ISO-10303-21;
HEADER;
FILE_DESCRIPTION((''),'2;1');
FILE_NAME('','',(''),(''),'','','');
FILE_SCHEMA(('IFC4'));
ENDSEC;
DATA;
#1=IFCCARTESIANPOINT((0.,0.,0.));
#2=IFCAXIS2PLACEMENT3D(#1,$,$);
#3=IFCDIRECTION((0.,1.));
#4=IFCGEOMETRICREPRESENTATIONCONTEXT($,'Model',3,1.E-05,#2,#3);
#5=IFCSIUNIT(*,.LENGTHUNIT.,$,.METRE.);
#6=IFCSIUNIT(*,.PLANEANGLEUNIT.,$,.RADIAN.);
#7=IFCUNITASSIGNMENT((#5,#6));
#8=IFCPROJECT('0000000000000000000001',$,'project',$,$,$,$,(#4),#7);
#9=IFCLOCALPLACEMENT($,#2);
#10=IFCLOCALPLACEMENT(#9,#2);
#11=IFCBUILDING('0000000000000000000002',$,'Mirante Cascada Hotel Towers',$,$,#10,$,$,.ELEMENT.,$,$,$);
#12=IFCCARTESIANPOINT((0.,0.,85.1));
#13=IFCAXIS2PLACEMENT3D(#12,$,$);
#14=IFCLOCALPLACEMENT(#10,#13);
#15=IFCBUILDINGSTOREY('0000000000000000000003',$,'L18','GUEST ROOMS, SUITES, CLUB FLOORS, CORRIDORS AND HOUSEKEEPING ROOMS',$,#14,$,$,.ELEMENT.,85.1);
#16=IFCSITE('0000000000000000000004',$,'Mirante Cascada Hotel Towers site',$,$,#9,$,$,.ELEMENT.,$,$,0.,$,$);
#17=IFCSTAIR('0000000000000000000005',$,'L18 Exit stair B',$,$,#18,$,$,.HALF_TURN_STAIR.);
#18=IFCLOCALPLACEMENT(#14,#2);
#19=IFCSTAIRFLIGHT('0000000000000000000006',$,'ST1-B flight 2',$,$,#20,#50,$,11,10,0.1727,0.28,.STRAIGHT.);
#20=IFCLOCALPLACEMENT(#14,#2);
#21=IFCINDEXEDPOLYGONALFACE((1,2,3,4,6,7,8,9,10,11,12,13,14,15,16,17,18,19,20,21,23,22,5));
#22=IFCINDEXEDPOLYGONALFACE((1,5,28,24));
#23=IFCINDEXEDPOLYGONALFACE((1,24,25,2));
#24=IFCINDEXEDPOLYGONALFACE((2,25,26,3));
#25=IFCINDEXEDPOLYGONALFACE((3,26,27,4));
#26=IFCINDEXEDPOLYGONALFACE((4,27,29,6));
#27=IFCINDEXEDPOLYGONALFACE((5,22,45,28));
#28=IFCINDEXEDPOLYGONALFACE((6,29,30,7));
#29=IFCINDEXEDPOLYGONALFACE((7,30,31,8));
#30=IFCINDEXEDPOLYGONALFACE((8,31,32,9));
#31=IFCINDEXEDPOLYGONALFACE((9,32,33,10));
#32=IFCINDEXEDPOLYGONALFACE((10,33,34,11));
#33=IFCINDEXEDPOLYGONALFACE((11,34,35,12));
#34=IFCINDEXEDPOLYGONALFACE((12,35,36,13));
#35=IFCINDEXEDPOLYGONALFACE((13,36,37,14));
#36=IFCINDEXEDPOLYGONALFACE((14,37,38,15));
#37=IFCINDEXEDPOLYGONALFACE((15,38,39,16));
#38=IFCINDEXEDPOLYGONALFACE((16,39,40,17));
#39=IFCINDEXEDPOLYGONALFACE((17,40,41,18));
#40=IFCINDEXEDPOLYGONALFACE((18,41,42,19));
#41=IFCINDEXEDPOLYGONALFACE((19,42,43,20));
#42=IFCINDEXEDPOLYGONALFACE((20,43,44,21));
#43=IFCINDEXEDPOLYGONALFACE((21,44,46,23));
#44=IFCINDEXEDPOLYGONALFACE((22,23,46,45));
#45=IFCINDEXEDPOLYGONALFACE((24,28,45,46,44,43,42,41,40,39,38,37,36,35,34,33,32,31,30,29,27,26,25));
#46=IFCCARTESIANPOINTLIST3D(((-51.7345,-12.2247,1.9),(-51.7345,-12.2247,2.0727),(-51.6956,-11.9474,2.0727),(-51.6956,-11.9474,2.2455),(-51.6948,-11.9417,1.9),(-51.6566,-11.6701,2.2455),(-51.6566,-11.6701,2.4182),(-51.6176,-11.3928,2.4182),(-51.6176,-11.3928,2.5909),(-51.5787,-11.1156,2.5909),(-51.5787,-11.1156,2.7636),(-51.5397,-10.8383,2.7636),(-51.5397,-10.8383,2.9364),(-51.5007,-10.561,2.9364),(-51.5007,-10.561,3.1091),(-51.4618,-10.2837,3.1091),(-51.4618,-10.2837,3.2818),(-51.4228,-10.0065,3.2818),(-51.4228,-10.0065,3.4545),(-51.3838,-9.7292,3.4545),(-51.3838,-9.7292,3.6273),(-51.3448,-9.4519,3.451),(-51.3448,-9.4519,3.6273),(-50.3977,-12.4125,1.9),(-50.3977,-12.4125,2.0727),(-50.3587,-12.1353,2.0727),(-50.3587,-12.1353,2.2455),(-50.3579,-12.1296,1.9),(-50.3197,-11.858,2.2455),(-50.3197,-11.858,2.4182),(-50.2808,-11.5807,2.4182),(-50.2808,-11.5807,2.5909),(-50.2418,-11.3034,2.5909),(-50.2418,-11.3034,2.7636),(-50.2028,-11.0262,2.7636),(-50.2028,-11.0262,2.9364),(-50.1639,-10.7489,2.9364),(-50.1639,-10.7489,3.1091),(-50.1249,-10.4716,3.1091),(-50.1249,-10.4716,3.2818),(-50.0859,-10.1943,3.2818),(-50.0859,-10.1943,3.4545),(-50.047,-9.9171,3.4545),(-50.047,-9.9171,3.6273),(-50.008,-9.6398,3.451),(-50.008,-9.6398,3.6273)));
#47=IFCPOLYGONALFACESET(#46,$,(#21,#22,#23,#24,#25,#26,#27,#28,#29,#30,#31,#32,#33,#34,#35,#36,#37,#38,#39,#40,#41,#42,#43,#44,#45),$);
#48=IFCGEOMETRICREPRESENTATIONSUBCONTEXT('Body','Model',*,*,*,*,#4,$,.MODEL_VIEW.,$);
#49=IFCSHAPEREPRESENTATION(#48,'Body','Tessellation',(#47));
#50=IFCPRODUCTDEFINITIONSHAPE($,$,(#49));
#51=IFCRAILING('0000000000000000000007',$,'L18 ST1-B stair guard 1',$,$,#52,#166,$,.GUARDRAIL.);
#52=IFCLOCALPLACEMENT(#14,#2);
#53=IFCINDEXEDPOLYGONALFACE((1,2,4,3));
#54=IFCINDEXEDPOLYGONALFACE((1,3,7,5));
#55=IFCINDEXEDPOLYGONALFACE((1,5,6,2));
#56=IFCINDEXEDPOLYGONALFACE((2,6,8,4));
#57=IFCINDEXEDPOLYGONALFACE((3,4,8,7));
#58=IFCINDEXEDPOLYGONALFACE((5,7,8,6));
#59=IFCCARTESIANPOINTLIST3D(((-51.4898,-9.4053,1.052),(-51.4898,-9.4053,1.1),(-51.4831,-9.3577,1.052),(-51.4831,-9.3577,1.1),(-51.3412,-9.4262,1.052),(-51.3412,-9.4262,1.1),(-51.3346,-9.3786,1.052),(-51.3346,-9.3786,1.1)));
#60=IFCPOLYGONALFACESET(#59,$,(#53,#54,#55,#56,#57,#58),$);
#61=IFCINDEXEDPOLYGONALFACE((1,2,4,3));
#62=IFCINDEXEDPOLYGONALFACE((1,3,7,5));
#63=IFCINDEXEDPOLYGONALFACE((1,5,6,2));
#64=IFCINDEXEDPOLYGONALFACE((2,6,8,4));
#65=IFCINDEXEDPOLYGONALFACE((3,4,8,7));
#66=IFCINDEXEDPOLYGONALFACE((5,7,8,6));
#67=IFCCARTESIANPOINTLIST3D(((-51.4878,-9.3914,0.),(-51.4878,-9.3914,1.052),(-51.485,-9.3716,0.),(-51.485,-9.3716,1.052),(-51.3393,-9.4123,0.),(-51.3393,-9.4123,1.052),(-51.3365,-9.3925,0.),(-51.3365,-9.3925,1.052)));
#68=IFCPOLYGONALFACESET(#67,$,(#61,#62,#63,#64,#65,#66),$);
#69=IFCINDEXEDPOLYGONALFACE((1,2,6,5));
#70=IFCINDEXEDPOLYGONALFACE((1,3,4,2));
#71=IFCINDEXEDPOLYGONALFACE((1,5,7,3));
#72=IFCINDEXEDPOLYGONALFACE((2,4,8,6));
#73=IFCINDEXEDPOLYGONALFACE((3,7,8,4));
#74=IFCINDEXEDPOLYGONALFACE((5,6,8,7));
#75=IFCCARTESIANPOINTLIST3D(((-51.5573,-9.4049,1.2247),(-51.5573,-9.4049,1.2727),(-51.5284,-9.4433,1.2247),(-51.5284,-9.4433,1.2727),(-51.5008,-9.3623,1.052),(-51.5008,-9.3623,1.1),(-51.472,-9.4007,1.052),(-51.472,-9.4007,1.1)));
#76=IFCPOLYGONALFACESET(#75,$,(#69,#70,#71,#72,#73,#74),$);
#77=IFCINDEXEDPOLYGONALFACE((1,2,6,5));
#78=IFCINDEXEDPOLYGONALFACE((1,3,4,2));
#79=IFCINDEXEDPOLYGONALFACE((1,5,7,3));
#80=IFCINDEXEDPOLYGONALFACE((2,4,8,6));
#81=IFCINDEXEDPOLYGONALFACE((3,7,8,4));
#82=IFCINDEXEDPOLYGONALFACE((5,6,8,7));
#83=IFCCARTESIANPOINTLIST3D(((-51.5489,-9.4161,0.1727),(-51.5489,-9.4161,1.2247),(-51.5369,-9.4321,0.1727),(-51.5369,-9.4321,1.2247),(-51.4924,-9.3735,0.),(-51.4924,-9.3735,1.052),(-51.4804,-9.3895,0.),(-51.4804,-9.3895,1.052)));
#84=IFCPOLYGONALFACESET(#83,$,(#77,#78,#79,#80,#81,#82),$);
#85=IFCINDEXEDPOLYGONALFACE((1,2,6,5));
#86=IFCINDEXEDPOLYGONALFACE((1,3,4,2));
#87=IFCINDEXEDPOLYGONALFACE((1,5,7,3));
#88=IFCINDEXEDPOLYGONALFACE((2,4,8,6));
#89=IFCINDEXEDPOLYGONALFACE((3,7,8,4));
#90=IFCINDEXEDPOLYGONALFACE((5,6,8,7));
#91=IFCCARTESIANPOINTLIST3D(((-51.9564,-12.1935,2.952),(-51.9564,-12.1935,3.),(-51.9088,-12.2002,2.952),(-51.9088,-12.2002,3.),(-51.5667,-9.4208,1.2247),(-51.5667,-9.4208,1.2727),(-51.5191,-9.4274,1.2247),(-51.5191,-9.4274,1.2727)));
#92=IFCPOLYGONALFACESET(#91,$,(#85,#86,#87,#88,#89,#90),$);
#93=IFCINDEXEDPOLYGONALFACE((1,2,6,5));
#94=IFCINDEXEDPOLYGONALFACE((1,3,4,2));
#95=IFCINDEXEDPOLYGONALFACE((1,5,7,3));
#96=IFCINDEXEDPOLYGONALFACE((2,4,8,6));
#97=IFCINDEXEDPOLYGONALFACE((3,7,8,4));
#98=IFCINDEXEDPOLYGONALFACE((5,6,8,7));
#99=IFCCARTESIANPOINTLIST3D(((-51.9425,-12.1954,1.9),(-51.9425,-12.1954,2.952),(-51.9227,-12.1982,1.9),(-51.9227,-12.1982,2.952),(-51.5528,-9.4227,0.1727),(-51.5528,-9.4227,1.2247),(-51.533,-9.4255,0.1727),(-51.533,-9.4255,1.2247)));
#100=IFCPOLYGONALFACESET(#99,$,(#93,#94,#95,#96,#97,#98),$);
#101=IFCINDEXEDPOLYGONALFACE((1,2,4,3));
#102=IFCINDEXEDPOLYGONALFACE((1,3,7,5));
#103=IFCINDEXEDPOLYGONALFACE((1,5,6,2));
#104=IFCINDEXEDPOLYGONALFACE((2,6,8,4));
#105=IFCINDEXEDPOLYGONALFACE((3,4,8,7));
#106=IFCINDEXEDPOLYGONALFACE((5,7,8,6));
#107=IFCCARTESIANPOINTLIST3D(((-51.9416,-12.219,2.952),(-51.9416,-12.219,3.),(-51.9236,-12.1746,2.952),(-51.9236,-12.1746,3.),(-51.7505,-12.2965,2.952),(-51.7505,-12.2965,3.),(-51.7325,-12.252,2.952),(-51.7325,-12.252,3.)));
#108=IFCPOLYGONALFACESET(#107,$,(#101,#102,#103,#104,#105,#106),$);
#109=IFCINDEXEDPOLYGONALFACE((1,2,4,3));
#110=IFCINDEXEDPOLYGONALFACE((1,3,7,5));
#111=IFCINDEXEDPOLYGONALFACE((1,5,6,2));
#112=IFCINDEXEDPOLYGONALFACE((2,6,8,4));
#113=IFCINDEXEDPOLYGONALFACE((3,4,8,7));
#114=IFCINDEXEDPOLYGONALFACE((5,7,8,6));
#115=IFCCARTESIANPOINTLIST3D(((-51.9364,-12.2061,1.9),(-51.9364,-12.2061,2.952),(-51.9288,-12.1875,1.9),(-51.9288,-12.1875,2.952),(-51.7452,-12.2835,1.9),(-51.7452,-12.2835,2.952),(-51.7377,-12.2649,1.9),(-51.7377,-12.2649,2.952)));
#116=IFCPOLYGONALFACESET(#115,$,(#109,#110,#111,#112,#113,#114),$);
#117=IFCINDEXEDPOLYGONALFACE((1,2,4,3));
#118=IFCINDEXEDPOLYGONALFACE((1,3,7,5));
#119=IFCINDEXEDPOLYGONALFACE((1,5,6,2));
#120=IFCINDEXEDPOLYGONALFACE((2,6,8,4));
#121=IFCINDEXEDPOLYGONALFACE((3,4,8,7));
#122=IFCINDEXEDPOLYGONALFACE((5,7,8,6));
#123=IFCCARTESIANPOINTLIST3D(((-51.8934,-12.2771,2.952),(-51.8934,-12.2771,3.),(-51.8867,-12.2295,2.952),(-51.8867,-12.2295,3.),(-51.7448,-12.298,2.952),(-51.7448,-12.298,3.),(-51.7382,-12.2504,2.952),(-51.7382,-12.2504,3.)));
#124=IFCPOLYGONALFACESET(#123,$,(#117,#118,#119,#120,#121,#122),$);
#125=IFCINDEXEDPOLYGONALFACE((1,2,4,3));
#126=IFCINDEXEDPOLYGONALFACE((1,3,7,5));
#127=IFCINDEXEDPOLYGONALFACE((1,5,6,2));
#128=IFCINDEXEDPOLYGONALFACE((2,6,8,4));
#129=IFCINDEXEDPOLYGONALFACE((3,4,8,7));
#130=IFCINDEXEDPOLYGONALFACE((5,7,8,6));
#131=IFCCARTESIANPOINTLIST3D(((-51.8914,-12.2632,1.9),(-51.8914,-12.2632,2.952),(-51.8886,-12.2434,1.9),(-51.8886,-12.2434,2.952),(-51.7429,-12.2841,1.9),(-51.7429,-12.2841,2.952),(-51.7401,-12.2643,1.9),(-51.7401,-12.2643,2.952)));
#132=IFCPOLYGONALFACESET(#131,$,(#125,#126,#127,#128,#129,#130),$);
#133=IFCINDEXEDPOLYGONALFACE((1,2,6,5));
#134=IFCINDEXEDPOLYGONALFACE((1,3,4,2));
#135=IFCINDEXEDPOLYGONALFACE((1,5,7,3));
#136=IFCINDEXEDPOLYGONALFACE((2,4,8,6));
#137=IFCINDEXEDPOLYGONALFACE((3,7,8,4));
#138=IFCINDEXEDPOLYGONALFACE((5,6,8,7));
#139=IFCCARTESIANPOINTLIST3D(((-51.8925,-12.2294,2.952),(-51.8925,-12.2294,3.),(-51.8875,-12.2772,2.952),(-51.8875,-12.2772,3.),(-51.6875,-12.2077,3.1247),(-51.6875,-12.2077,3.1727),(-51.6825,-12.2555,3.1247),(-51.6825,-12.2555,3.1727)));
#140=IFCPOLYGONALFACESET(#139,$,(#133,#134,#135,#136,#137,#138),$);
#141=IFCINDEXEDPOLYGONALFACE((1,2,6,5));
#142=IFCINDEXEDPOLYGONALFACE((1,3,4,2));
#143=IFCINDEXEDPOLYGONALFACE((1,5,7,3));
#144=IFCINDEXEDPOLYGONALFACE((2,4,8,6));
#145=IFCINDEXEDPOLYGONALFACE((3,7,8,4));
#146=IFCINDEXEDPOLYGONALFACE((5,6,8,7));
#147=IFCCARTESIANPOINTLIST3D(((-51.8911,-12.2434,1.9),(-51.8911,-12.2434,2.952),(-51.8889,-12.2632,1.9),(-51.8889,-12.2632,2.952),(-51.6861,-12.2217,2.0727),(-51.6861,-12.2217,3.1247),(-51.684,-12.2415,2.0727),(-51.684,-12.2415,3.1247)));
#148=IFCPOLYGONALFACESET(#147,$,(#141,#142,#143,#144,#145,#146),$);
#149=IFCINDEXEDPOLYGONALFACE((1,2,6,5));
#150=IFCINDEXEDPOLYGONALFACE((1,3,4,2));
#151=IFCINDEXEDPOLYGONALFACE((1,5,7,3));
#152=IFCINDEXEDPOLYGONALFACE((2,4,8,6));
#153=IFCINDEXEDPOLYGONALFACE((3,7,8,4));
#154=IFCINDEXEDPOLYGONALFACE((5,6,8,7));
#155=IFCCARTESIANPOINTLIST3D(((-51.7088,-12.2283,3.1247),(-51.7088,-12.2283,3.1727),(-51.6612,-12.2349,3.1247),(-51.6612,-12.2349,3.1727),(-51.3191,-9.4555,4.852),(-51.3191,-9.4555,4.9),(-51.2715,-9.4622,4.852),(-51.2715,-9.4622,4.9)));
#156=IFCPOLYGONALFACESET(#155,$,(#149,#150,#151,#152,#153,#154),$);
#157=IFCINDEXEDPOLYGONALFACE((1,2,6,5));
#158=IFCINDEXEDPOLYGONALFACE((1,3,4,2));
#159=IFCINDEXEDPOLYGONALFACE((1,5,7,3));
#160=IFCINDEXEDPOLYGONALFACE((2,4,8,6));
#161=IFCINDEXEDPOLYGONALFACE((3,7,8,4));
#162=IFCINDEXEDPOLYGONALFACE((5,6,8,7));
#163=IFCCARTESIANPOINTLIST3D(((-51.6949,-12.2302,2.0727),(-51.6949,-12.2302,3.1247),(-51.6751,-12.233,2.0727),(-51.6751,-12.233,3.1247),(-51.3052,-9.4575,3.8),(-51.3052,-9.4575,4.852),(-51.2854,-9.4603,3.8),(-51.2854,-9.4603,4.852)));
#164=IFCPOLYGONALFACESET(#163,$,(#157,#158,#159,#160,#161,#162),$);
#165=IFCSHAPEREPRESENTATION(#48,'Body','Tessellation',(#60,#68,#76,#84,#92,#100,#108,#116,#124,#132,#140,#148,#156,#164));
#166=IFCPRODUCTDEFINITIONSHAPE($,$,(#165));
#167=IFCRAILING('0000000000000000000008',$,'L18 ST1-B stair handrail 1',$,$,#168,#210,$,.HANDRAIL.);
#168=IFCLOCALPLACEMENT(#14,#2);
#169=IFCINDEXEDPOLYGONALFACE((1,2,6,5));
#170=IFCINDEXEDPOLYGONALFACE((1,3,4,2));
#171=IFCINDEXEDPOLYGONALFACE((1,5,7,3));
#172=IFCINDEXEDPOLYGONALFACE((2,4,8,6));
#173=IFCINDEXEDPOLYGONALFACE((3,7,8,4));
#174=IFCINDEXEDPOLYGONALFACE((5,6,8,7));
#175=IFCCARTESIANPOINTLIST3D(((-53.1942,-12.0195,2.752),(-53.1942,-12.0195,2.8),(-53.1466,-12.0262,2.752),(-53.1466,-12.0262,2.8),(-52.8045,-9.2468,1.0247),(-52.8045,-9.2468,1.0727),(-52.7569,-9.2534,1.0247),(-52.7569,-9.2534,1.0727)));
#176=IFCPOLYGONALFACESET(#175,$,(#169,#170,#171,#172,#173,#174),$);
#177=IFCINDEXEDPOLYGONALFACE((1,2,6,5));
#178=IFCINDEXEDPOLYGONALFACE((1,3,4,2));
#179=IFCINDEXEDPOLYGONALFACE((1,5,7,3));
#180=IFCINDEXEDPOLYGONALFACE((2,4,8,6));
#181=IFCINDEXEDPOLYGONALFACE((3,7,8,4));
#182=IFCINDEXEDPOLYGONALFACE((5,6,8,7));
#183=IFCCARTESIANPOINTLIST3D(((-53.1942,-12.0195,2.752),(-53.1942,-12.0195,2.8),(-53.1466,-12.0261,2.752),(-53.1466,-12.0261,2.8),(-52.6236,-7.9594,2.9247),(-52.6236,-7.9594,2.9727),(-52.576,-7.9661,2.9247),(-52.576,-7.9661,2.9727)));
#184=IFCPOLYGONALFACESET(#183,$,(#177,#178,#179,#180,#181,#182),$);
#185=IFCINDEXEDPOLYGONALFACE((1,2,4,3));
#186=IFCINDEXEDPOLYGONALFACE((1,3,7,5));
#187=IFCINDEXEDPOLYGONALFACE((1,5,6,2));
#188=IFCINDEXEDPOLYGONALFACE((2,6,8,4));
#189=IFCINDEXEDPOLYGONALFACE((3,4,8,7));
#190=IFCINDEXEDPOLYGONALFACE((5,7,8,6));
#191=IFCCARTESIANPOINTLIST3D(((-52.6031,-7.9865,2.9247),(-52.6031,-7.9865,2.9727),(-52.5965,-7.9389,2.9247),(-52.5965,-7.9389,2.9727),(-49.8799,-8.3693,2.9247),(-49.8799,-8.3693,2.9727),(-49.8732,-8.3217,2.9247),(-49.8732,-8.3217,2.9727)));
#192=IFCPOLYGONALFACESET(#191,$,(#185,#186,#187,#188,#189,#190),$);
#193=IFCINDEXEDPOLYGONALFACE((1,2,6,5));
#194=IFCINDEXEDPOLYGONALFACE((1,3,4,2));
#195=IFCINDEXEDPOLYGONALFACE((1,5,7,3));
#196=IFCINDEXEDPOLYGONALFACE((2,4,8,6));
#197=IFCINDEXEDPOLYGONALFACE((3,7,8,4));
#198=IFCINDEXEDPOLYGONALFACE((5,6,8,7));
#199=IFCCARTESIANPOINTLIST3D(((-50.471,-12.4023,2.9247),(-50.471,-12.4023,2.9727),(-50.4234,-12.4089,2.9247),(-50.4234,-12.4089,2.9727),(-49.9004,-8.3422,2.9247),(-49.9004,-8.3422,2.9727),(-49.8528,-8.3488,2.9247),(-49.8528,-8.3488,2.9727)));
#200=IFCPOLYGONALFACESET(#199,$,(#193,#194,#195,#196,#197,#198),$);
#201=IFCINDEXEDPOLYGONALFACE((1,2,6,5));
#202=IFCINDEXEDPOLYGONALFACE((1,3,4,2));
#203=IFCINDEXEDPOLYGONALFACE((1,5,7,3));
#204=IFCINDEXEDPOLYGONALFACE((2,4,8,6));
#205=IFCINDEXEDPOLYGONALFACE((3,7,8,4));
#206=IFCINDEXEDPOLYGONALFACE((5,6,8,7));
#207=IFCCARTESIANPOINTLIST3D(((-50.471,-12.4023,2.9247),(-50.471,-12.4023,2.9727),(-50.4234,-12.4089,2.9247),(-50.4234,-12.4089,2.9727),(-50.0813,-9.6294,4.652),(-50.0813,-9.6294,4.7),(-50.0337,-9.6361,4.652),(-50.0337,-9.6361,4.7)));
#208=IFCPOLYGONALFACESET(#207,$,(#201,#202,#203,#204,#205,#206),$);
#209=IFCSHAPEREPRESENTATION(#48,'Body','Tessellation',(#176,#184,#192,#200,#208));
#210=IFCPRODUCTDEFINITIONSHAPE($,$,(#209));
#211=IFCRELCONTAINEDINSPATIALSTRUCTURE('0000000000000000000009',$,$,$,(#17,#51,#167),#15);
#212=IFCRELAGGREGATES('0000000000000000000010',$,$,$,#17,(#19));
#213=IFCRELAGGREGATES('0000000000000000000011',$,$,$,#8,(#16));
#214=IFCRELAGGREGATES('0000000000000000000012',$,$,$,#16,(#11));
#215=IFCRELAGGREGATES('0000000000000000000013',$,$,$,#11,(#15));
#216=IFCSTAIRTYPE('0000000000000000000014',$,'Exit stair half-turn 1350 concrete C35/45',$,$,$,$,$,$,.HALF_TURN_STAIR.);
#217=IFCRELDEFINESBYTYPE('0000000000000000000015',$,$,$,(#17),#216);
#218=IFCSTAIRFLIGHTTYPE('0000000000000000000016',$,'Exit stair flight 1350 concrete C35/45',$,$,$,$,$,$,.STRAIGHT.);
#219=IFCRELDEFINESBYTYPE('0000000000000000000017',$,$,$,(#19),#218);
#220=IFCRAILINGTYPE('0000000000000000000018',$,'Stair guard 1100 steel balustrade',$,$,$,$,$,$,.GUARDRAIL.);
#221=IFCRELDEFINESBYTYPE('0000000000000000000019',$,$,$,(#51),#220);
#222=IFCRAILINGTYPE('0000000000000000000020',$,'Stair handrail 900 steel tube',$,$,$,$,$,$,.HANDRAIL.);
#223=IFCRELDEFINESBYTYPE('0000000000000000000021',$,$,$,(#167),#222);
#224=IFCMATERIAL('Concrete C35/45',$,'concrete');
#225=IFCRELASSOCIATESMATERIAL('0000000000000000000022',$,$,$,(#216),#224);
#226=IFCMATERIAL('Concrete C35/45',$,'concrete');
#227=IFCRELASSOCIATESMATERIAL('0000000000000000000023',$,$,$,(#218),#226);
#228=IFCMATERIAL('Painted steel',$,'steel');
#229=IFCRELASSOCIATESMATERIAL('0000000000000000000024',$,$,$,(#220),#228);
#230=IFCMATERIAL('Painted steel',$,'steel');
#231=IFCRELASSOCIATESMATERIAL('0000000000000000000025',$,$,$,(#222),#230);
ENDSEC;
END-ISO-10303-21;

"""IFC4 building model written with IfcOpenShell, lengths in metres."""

from ifc_helpers import new_model, si_unit, direction, frame, origin, origin_2d, place, context, subcontext, project, spatial, polyline, rectangle, outline, extrude, material, type_object, element, aggregate, save


model = new_model("IFC4")

# Units and contexts
model_context = context("Model", 3, precision=1e-05, world=origin(), true_north=direction((0.0, 1.0)))
body_context = subcontext(model_context, "Body", "Model", "MODEL_VIEW")
ifc_project = project(units=[si_unit("LENGTHUNIT", "METRE"), si_unit("PLANEANGLEUNIT", "RADIAN")], contexts=[model_context])

# Site, building, storey
site_placement = place(None, origin())
site = spatial("IfcSite", under=ifc_project, at=site_placement, Name="Mirante Cascada Hotel Towers site", CompositionType="ELEMENT", RefElevation=0.0)
building_placement = place(site_placement, origin())
building = spatial("IfcBuilding", under=site, at=building_placement, Name="Mirante Cascada Hotel Towers", CompositionType="ELEMENT")
storey_placement = place(building_placement, frame((0.0, 0.0, 85.1)))
storey = spatial("IfcBuildingStorey", under=building, at=storey_placement, Name="L18", Description="GUEST ROOMS, SUITES, CLUB FLOORS, CORRIDORS AND HOUSEKEEPING ROOMS", CompositionType="ELEMENT", Elevation=85.1)

# Stair, stair flight
ifc_material_1 = material(Name="Concrete C35/45", Category="concrete")
stair_type = type_object("IfcStairType", Name="Exit stair half-turn 1350 concrete C35/45", PredefinedType="HALF_TURN_STAIR", material=ifc_material_1)
stair_placement = place(storey_placement, origin())
stair = element("IfcStair", 1, at=stair_placement, inside=storey, type_object=stair_type, Name="L18 Exit stair B", PredefinedType="HALF_TURN_STAIR")
ifc_material_2 = material(Name="Concrete C35/45", Category="concrete")
stair_flight_type = type_object("IfcStairFlightType", Name="Exit stair flight 1350 concrete C35/45", PredefinedType="STRAIGHT", material=ifc_material_2)
stair_flight_1_placement = place(storey_placement, frame((-51.0661, -12.3186, 1.9), z_axis=(0.0, 0.0, 1.0), x_axis=(0.139173, 0.990268, 0.0)))
stair_flight_1 = element("IfcStairFlight", 2, at=stair_flight_1_placement, type_object=stair_flight_type, Name="ST1-B flight 2", NumberOfRisers=11, NumberOfTreads=10, PredefinedType="STRAIGHT", RiserHeight=0.1727, TreadLength=0.28, context=body_context, shape_type="SweptSolid", body=[
    extrude(outline(polyline([(0.0, 0.0), (0.0, 0.1727), (0.28, 0.1727), (0.28, 0.3455), (0.56, 0.3455), (0.56, 0.5182), (0.84, 0.5182), (0.84, 0.6909), (1.12, 0.6909), (1.12, 0.8636), (1.4, 0.8636), (1.4, 1.0364), (1.68, 1.0364), (1.68, 1.2091), (1.96, 1.2091), (1.96, 1.3818), (2.24, 1.3818), (2.24, 1.5545), (2.52, 1.5545), (2.52, 1.7273), (2.8, 1.7273), (2.8, 1.9), (2.8, 1.551), (0.2857, 0.0), (0.0, 0.0)])), frame((0.0, 0.675, 0.0), z_axis=(0.0, -1.0, 0.0), x_axis=(1.0, 0.0, 0.0)), (0.0, 0.0, 1.0), 1.35),
])
aggregate(stair, [stair_flight_1])

# Railings
ifc_material_3 = material(Name="Painted steel", Category="steel")
railing_type_1 = type_object("IfcRailingType", Name="Stair guard 1100 steel balustrade", PredefinedType="GUARDRAIL", material=ifc_material_3)
railing_1_placement = place(storey_placement, frame((-51.3379, -9.4024, 0.0)))
element("IfcRailing", 3, at=railing_1_placement, inside=storey, type_object=railing_type_1, Name="L18 ST1-B stair guard 1", PredefinedType="GUARDRAIL", context=body_context, shape_type="SweptSolid", body=[
    extrude(rectangle(XDim=0.048, YDim=0.048, at=origin_2d()), frame((0.0, 0.0, 1.076), z_axis=(-0.990241, 0.139367, 0.0), x_axis=(-0.139367, -0.990241, 0.0)), (0.0, 0.0, 1.0), 0.15),
    extrude(rectangle(XDim=0.02, YDim=1.052, at=origin_2d()), frame((0.0, 0.0, 0.526), z_axis=(-0.990241, 0.139367, 0.0), x_axis=(-0.139367, -0.990241, 0.0)), (0.0, 0.0, 1.0), 0.15),
    extrude(rectangle(XDim=0.048, YDim=0.048, at=origin_2d()), frame((-0.1485, 0.0209, 1.076), z_axis=(-0.798471, -0.602033, 0.0), x_axis=(0.602033, -0.798471, 0.0)), (0.0, 0.92534, 0.379139), 0.1866),
    extrude(rectangle(XDim=0.02, YDim=1.052, at=origin_2d()), frame((-0.1485, 0.0209, 0.526), z_axis=(-0.798471, -0.602033, 0.0), x_axis=(0.602033, -0.798471, 0.0)), (0.0, 0.92534, 0.379139), 0.1866),
    extrude(rectangle(XDim=0.048, YDim=0.048, at=origin_2d()), frame((-0.205, -0.0217, 1.2487), z_axis=(-0.139181, -0.990267, 0.0), x_axis=(0.990267, -0.139181, 0.0)), (0.0, 0.525035, 0.851081), 3.2899),
    extrude(rectangle(XDim=0.02, YDim=1.052, at=origin_2d()), frame((-0.205, -0.0217, 0.6987), z_axis=(-0.139181, -0.990267, 0.0), x_axis=(0.990267, -0.139181, 0.0)), (0.0, 0.525035, 0.851081), 3.2899),
    extrude(rectangle(XDim=0.048, YDim=0.048, at=origin_2d()), frame((-0.5947, -2.7944, 2.976), z_axis=(0.926862, -0.375401, 0.0), x_axis=(0.375401, 0.926862, 0.0)), (0.0, 0.0, 1.0), 0.2062),
    extrude(rectangle(XDim=0.02, YDim=1.052, at=origin_2d()), frame((-0.5947, -2.7944, 2.426), z_axis=(0.926862, -0.375401, 0.0), x_axis=(0.375401, 0.926862, 0.0)), (0.0, 0.0, 1.0), 0.2062),
    extrude(rectangle(XDim=0.048, YDim=0.048, at=origin_2d()), frame((-0.4036, -2.8718, 2.976), z_axis=(-0.990241, 0.139367, 0.0), x_axis=(-0.139367, -0.990241, 0.0)), (0.0, 0.0, 1.0), 0.15),
    extrude(rectangle(XDim=0.02, YDim=1.052, at=origin_2d()), frame((-0.4036, -2.8718, 2.426), z_axis=(-0.990241, 0.139367, 0.0), x_axis=(-0.139367, -0.990241, 0.0)), (0.0, 0.0, 1.0), 0.15),
    extrude(rectangle(XDim=0.048, YDim=0.048, at=origin_2d()), frame((-0.5521, -2.8509, 2.976), z_axis=(0.994444, 0.105266, 0.0), x_axis=(-0.105266, 0.994444, 0.0)), (0.0, 0.642184, 0.76655), 0.2689),
    extrude(rectangle(XDim=0.02, YDim=1.052, at=origin_2d()), frame((-0.5521, -2.8509, 2.426), z_axis=(0.994444, 0.105266, 0.0), x_axis=(-0.105266, 0.994444, 0.0)), (0.0, 0.642184, 0.76655), 0.2689),
    extrude(rectangle(XDim=0.048, YDim=0.048, at=origin_2d()), frame((-0.3471, -2.8292, 3.1487), z_axis=(0.139181, 0.990267, 0.0), x_axis=(-0.990267, 0.139181, 0.0)), (0.0, 0.525035, 0.851081), 3.2899),
    extrude(rectangle(XDim=0.02, YDim=1.052, at=origin_2d()), frame((-0.3471, -2.8292, 2.5987), z_axis=(0.139181, 0.990267, 0.0), x_axis=(-0.990267, 0.139181, 0.0)), (0.0, 0.525035, 0.851081), 3.2899),
])
ifc_material_4 = material(Name="Painted steel", Category="steel")
railing_type_2 = type_object("IfcRailingType", Name="Stair handrail 900 steel tube", PredefinedType="HANDRAIL", material=ifc_material_4)
railing_2_placement = place(storey_placement, frame((-52.7807, -9.2501, 0.1727)))
element("IfcRailing", 4, at=railing_2_placement, inside=storey, type_object=railing_type_2, Name="L18 ST1-B stair handrail 1", PredefinedType="HANDRAIL", context=body_context, shape_type="SweptSolid", body=[
    extrude(rectangle(XDim=0.048, YDim=0.048, at=origin_2d()), frame((0.0, 0.0, 0.876), z_axis=(-0.139181, -0.990267, 0.0), x_axis=(0.990267, -0.139181, 0.0)), (0.0, 0.525035, 0.851081), 3.2899),
    extrude(rectangle(XDim=0.048, YDim=0.048, at=origin_2d()), frame((-0.3897, -2.7727, 2.6033), z_axis=(0.139171, 0.990268, 0.0), x_axis=(-0.990268, 0.139171, 0.0)), (0.0, 0.042085, 0.999114), 4.1036),
    extrude(rectangle(XDim=0.048, YDim=0.048, at=origin_2d()), frame((0.1809, 1.2874, 2.776), z_axis=(0.990264, -0.139201, 0.0), x_axis=(0.139201, 0.990264, 0.0)), (0.0, 0.0, 1.0), 2.75),
    extrude(rectangle(XDim=0.048, YDim=0.048, at=origin_2d()), frame((2.9041, 0.9046, 2.776), z_axis=(-0.139171, -0.990268, 0.0), x_axis=(0.990268, -0.139171, 0.0)), (0.0, 0.0, 1.0), 4.1),
    extrude(rectangle(XDim=0.048, YDim=0.048, at=origin_2d()), frame((2.3335, -3.1555, 2.776), z_axis=(0.139176, 0.990268, 0.0), x_axis=(-0.990268, 0.139176, 0.0)), (0.0, 0.525021, 0.851089), 3.29),
])

save(model, "model.ifc")
